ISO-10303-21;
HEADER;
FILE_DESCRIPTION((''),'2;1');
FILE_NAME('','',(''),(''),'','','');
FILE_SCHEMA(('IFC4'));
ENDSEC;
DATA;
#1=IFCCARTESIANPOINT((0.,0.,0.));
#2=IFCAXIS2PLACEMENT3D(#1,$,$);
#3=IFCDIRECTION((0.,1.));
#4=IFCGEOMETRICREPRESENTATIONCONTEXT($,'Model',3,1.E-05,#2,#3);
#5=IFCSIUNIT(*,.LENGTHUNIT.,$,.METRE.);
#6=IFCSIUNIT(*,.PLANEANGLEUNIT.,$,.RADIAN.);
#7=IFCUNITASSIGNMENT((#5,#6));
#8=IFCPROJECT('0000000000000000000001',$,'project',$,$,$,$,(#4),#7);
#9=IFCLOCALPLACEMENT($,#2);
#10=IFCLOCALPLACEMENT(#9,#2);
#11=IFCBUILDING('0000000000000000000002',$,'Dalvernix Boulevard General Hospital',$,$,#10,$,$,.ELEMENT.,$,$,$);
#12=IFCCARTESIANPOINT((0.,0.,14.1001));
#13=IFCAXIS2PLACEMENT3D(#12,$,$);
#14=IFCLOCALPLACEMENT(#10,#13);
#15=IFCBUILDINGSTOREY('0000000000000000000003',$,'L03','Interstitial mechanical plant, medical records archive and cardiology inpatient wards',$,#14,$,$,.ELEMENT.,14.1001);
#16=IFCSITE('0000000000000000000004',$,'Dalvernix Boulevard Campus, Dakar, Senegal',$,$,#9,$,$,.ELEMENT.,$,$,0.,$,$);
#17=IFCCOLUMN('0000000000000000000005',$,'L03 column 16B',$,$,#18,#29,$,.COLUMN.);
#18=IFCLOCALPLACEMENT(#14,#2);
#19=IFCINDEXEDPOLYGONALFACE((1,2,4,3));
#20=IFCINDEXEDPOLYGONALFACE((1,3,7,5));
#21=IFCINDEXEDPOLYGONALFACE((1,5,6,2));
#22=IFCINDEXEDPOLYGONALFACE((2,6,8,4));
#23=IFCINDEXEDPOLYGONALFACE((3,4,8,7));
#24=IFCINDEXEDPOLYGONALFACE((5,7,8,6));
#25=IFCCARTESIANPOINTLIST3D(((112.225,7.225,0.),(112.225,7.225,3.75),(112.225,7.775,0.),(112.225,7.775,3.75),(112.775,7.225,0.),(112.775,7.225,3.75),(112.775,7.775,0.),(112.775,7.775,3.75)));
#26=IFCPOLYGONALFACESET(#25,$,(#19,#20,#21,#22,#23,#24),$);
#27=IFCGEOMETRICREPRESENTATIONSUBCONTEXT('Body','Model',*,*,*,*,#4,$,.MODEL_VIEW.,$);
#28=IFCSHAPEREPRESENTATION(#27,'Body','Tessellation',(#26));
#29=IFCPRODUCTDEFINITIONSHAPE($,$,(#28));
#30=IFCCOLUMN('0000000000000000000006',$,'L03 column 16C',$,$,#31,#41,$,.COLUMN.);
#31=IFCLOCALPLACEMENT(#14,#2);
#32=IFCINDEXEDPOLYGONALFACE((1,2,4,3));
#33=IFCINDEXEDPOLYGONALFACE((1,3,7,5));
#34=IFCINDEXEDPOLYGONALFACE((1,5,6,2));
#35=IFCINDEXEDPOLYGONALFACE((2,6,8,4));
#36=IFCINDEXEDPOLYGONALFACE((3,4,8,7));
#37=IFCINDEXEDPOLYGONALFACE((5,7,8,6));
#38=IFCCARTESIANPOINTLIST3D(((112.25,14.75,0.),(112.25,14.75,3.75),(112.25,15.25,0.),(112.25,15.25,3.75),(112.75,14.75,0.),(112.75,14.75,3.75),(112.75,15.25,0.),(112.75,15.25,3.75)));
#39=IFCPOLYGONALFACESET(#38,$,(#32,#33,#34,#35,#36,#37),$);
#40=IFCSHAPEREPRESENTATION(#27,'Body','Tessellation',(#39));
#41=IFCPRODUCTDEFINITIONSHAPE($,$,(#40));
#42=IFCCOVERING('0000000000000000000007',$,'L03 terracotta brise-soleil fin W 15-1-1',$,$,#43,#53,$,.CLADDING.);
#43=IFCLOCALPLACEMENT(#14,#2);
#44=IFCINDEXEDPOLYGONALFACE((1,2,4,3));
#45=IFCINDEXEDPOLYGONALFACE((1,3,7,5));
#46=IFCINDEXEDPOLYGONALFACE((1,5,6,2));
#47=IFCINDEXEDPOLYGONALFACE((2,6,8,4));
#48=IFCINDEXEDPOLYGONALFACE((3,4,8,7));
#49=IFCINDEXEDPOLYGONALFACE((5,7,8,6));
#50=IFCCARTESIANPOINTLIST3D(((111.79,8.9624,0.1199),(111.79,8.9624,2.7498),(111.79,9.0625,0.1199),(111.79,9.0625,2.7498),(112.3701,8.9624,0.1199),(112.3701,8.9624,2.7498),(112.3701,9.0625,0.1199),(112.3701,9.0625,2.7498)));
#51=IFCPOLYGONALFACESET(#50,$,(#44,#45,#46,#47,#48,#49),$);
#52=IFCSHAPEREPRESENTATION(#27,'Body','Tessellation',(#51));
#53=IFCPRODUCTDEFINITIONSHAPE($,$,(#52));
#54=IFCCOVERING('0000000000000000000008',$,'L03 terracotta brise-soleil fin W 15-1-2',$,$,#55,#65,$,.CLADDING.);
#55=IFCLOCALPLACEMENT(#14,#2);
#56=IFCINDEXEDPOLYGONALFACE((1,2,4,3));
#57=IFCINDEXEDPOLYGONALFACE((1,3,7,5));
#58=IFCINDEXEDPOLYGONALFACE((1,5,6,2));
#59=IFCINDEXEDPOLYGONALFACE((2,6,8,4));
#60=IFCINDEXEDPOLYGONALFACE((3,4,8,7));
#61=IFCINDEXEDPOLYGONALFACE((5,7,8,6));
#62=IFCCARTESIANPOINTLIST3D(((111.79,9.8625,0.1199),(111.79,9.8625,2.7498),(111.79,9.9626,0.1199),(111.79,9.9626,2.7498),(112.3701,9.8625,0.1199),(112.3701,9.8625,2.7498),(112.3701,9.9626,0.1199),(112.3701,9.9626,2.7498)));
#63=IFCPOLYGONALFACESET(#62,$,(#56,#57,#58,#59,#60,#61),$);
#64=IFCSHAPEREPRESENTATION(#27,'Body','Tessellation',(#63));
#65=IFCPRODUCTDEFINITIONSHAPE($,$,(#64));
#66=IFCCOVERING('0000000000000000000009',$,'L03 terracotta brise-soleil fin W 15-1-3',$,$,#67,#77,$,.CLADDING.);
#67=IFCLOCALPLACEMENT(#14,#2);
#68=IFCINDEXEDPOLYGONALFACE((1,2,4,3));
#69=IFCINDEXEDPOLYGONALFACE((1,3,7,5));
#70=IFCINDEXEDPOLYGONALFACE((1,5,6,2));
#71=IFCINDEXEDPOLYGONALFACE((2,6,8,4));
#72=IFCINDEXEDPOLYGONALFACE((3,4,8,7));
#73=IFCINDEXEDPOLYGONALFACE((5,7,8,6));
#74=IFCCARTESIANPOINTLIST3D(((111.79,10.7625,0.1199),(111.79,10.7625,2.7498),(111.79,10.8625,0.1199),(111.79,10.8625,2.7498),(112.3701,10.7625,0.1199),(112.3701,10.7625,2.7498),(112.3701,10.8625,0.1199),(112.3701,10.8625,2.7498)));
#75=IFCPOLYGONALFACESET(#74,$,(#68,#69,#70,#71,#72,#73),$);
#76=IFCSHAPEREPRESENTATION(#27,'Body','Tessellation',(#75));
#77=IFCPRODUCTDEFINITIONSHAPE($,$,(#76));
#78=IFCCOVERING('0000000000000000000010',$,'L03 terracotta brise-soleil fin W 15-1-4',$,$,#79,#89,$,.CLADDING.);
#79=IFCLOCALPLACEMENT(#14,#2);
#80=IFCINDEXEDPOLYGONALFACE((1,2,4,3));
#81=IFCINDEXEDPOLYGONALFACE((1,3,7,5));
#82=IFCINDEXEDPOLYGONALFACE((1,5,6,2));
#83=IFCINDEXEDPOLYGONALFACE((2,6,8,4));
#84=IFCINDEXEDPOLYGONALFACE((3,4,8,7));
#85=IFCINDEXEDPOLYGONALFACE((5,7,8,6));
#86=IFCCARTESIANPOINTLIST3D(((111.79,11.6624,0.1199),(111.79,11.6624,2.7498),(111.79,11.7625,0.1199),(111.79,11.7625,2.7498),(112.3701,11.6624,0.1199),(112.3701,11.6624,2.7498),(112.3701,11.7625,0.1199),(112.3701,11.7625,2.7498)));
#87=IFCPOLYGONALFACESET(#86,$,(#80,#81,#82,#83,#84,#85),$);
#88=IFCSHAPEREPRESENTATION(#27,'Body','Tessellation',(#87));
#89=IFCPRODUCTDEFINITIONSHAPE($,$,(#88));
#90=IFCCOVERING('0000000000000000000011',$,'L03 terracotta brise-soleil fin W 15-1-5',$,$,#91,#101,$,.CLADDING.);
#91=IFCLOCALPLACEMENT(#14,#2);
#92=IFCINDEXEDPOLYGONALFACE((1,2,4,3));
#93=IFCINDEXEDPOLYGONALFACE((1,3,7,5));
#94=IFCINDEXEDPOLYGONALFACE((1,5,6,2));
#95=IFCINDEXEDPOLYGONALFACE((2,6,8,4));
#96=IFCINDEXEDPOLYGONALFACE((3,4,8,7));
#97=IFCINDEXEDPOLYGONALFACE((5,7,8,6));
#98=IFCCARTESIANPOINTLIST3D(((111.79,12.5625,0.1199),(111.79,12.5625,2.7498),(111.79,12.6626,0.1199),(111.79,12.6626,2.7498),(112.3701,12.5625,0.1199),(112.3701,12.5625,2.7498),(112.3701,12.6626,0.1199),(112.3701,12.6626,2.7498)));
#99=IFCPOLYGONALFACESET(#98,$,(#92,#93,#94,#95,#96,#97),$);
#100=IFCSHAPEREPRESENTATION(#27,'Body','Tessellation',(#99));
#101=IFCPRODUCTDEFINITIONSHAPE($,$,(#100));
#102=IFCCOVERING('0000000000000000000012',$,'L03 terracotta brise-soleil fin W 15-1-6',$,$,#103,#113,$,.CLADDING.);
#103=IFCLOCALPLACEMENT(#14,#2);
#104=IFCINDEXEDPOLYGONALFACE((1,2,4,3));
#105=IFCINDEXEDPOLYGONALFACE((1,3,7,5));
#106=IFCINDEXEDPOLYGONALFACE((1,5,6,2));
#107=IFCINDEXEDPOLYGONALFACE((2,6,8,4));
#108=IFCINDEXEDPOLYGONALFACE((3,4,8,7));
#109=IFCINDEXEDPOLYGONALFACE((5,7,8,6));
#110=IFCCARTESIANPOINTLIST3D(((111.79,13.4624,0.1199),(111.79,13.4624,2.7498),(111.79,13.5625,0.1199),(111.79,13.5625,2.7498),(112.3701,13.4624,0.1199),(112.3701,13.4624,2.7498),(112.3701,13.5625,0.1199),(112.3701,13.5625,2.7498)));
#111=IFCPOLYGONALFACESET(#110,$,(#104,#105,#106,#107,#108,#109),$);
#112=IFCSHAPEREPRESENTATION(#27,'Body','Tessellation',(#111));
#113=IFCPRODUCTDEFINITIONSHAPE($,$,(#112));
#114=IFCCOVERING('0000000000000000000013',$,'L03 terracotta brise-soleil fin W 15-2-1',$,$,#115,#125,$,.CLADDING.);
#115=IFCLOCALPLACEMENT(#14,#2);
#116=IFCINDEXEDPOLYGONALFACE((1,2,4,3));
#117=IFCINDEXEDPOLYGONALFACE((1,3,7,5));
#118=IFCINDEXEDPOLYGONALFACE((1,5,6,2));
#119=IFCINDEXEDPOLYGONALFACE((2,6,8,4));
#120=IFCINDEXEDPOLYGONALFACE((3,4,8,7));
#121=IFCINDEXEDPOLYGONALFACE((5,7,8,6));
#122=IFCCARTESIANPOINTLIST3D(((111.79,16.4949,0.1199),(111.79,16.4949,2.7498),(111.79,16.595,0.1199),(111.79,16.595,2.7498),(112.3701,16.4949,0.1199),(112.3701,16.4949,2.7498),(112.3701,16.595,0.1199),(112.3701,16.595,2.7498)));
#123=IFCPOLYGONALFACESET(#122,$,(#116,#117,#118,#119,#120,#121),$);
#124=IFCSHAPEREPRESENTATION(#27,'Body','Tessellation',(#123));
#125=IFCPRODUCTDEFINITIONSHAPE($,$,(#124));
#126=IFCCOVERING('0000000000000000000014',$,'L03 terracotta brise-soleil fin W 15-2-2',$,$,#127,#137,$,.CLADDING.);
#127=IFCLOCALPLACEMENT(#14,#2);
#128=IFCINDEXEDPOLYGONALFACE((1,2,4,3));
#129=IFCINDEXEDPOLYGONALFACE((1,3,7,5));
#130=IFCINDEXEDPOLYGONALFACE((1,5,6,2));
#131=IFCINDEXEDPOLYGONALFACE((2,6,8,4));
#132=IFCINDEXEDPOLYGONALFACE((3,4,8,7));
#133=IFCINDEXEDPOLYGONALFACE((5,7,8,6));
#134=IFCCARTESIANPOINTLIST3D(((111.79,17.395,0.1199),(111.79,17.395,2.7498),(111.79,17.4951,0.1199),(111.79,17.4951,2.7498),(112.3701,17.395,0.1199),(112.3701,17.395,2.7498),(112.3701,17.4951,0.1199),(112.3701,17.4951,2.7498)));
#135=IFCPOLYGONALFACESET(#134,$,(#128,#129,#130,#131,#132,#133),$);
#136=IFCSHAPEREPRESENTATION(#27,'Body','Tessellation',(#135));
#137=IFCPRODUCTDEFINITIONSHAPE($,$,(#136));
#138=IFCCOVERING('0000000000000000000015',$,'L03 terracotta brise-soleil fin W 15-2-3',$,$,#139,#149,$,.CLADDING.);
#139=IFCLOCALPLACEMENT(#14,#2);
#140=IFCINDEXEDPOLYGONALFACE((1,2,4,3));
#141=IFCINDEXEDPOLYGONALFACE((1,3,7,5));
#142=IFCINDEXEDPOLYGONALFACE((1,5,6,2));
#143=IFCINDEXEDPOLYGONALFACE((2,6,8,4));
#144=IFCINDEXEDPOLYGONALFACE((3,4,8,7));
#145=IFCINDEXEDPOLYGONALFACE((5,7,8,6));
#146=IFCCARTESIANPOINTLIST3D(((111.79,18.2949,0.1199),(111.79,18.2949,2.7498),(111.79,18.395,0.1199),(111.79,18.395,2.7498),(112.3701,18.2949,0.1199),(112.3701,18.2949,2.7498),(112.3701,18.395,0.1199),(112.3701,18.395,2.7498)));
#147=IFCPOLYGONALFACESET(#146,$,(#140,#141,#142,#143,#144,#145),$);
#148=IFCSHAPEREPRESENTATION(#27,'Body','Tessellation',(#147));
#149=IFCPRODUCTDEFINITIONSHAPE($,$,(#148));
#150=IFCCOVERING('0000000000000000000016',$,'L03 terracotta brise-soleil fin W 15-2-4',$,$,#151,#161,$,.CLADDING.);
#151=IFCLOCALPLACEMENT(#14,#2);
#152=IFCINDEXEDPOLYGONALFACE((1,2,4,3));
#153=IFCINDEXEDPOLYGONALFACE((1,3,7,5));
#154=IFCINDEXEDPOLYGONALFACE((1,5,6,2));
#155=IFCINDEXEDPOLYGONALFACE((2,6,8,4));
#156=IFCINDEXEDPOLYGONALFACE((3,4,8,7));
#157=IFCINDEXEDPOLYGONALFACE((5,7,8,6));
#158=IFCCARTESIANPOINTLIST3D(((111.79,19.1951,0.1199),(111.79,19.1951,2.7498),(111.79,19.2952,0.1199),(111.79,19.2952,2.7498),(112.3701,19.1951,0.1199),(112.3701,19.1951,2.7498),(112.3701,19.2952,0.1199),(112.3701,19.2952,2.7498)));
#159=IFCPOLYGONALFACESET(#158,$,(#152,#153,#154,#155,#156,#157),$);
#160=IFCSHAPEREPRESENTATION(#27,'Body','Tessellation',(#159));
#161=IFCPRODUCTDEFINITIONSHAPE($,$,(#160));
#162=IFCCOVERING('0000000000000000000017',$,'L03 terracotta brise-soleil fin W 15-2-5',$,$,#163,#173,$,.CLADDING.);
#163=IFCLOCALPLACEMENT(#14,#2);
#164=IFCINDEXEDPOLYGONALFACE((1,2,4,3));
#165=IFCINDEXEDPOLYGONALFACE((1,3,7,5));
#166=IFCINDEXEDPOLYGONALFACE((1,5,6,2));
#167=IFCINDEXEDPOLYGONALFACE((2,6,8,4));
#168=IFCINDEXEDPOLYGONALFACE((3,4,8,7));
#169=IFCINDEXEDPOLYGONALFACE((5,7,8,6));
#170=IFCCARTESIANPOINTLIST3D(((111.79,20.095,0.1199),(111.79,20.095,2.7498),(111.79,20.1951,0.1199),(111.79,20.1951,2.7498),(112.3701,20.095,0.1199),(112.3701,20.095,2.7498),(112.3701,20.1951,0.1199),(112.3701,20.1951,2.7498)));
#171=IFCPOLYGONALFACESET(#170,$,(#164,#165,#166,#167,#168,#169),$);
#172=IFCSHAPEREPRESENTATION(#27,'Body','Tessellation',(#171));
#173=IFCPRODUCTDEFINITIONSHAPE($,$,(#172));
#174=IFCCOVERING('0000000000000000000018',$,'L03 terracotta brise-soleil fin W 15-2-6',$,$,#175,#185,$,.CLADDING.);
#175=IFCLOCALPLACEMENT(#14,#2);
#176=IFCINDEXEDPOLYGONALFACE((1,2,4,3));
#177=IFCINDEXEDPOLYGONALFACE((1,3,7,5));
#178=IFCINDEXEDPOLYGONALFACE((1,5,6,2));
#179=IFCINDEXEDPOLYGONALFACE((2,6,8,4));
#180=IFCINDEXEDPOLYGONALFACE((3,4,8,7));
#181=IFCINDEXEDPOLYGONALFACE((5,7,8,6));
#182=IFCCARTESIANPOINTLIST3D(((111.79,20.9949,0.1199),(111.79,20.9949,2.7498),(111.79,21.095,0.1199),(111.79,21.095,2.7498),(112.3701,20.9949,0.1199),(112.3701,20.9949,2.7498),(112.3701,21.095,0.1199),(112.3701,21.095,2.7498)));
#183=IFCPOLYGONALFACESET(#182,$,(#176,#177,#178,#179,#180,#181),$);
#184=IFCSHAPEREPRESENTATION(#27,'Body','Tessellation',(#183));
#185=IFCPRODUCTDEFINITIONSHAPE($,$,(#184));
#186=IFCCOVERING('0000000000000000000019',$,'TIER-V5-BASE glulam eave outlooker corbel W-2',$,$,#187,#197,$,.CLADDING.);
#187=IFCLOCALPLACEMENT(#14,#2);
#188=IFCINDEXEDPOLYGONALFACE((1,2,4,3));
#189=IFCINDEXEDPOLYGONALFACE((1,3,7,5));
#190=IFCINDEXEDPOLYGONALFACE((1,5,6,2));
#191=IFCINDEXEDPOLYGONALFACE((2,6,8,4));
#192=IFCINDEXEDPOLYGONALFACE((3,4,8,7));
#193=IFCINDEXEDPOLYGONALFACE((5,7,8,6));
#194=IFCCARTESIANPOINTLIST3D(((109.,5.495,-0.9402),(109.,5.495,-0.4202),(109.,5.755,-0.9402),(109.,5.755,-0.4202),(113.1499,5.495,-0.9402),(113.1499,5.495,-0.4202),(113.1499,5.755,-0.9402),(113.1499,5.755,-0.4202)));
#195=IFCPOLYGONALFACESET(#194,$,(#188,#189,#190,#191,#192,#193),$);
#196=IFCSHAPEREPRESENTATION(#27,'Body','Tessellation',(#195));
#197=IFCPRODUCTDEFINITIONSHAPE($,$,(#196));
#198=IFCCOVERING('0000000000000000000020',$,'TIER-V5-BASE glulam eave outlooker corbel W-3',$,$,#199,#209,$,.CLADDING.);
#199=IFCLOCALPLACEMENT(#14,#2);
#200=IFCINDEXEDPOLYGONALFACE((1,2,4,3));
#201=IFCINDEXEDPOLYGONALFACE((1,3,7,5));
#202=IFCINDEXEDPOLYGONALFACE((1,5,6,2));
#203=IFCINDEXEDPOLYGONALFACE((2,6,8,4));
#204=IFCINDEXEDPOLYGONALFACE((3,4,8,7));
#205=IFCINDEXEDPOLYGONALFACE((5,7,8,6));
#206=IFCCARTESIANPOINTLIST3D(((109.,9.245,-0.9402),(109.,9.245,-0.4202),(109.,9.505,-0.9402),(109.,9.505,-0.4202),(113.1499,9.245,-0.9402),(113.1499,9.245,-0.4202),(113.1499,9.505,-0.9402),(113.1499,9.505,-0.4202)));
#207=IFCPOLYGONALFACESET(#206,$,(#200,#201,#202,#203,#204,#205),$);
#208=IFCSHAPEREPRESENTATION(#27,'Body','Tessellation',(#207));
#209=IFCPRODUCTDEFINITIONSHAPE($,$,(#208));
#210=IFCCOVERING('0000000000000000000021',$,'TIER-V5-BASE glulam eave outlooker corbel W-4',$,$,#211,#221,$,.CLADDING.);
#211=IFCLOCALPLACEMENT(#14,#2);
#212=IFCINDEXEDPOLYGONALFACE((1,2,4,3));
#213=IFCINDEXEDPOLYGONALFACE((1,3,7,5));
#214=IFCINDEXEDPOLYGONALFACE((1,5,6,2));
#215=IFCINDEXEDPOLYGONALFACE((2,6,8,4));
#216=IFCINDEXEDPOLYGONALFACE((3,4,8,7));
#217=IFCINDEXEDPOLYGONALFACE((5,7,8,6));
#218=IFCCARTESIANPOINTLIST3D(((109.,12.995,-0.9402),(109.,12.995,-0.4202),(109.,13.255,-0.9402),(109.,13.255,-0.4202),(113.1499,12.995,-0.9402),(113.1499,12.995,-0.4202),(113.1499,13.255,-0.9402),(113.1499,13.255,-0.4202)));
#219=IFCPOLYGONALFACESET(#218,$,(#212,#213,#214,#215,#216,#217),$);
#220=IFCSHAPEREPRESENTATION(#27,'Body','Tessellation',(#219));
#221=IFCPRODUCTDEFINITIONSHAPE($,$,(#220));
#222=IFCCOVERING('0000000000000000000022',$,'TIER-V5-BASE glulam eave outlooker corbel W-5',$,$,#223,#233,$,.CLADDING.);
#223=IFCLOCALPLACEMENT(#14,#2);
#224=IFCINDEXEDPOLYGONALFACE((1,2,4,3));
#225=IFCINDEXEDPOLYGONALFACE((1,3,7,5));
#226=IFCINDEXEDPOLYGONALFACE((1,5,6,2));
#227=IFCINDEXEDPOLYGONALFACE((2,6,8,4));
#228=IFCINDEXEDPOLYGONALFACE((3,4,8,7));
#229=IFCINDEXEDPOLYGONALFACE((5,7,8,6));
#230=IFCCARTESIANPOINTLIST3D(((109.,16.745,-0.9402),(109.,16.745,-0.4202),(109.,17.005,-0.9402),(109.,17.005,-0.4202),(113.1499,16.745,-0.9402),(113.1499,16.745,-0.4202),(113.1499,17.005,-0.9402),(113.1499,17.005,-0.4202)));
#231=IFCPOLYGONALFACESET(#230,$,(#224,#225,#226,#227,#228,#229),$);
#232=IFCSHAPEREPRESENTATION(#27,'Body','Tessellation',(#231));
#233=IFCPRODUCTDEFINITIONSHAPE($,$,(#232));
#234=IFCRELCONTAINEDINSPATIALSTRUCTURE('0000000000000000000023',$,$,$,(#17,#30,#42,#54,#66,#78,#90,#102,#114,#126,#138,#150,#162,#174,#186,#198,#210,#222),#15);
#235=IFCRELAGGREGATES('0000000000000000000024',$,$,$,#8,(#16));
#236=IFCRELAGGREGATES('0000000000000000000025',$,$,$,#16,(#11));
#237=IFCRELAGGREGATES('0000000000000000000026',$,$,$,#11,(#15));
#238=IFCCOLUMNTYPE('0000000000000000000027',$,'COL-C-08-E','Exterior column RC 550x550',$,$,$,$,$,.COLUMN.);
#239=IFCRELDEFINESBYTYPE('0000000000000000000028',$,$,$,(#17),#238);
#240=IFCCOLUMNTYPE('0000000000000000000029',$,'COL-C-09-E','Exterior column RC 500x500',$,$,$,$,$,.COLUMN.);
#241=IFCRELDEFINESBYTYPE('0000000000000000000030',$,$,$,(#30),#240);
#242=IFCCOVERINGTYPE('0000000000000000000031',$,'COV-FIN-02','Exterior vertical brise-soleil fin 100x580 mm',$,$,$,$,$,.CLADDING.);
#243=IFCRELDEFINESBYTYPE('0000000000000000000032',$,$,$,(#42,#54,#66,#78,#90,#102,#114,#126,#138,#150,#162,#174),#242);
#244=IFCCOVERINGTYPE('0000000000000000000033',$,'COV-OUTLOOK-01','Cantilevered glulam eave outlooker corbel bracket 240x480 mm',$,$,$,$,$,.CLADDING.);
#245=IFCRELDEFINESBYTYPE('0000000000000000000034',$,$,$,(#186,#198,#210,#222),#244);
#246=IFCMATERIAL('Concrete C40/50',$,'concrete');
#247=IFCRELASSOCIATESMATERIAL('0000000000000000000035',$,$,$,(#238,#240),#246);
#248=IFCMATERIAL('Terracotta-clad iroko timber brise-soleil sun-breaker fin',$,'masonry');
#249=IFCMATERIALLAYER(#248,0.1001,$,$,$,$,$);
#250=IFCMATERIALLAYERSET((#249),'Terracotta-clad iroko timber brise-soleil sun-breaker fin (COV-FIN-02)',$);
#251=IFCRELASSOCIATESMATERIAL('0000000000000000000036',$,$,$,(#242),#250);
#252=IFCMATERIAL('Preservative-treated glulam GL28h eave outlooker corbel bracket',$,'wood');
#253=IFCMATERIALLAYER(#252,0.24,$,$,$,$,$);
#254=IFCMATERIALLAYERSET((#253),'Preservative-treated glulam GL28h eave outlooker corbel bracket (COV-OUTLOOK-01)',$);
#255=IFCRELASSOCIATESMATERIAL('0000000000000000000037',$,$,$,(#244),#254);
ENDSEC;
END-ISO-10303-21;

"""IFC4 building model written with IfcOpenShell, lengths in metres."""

from ifc_helpers import new_model, si_unit, direction, frame, origin, origin_2d, place, context, subcontext, project, spatial, rectangle, extrude, material, layer, layer_set, material_profile, profile_set, type_object, element, save


model = new_model("IFC4")

# Units and contexts
model_context = context("Model", 3, precision=1e-05, world=origin(), true_north=direction((0.0, 1.0)))
body_context = subcontext(model_context, "Body", "Model", "MODEL_VIEW")
ifc_project = project(units=[si_unit("LENGTHUNIT", "METRE"), si_unit("PLANEANGLEUNIT", "RADIAN")], contexts=[model_context])

# Site, building, storey
site_placement = place(None, origin())
site = spatial("IfcSite", under=ifc_project, at=site_placement, Name="Dalvernix Boulevard Campus, Dakar, Senegal", CompositionType="ELEMENT", RefElevation=0.0)
building_placement = place(site_placement, origin())
building = spatial("IfcBuilding", under=site, at=building_placement, Name="Dalvernix Boulevard General Hospital", CompositionType="ELEMENT")
storey_placement = place(building_placement, frame((0.0, 0.0, 14.1001)))
storey = spatial("IfcBuildingStorey", under=building, at=storey_placement, Name="L03", Description="Interstitial mechanical plant, medical records archive and cardiology inpatient wards", CompositionType="ELEMENT", Elevation=14.1001)

# Columns
ifc_material_1 = material(Name="Concrete C40/50", Category="concrete")
ifc_material_profile_1 = material_profile(ifc_material_1, rectangle(XDim=0.55, YDim=0.55, at=origin_2d()), Name="RC 550x550")
ifc_profile_set_1 = profile_set([ifc_material_profile_1], Name="Concrete C40/50")
column_type_1 = type_object("IfcColumnType", Name="COL-C-08-E", Description="Exterior column RC 550x550", PredefinedType="COLUMN", material=ifc_profile_set_1)
column_1_placement = place(storey_placement, frame((112.5, 7.5, 0.0), z_axis=(0.0, 0.0, 1.0), x_axis=(1.0, 0.0, 0.0)))
element("IfcColumn", 1, at=column_1_placement, inside=storey, type_object=column_type_1, Name="L03 column 16B", PredefinedType="COLUMN", context=body_context, shape_type="SweptSolid", body=[
    extrude(rectangle(XDim=0.55, YDim=0.55, at=origin_2d()), origin(), (0.0, 0.0, 1.0), 3.75),
])
ifc_material_profile_2 = material_profile(ifc_material_1, rectangle(XDim=0.5, YDim=0.5, at=origin_2d()), Name="RC 500x500")
ifc_profile_set_2 = profile_set([ifc_material_profile_2], Name="Concrete C40/50")
column_type_2 = type_object("IfcColumnType", Name="COL-C-09-E", Description="Exterior column RC 500x500", PredefinedType="COLUMN", material=ifc_profile_set_2)
column_2_placement = place(storey_placement, frame((112.5, 15.0, 0.0), z_axis=(0.0, 0.0, 1.0), x_axis=(1.0, 0.0, 0.0)))
element("IfcColumn", 2, at=column_2_placement, inside=storey, type_object=column_type_2, Name="L03 column 16C", PredefinedType="COLUMN", context=body_context, shape_type="SweptSolid", body=[
    extrude(rectangle(XDim=0.5, YDim=0.5, at=origin_2d()), origin(), (0.0, 0.0, 1.0), 3.75),
])

# Coverings
ifc_material_2 = material(Name="Terracotta-clad iroko timber brise-soleil sun-breaker fin", Category="masonry")
ifc_layer_1 = layer(ifc_material_2, 0.1001)
ifc_layer_set_1 = layer_set([ifc_layer_1], Name="Terracotta-clad iroko timber brise-soleil sun-breaker fin (COV-FIN-02)")
covering_type_1 = type_object("IfcCoveringType", Name="COV-FIN-02", Description="Exterior vertical brise-soleil fin 100x580 mm", PredefinedType="CLADDING", material=ifc_layer_set_1)
for number, where, z_axis, x_axis, name in (
    (3, (112.0801, 9.0125, 0.1199), (0.0, 0.0, 1.0), (0.0, 1.0, 0.0), "L03 terracotta brise-soleil fin W 15-1-1"),
    (4, (112.0801, 9.9126, 0.1199), (0.0, 0.0, 1.0), (0.0, 1.0, 0.0), "L03 terracotta brise-soleil fin W 15-1-2"),
    (5, (112.0801, 10.8125, 0.1199), (0.0, 0.0, 1.0), (0.0, 1.0, 0.0), "L03 terracotta brise-soleil fin W 15-1-3"),
    (6, (112.0801, 11.7124, 0.1199), (0.0, 0.0, 1.0), (0.0, 1.0, 0.0), "L03 terracotta brise-soleil fin W 15-1-4"),
    (7, (112.0801, 12.6125, 0.1199), (0.0, 0.0, 1.0), (0.0, 1.0, 0.0), "L03 terracotta brise-soleil fin W 15-1-5"),
    (8, (112.0801, 13.5125, 0.1199), (0.0, 0.0, 1.0), (0.0, 1.0, 0.0), "L03 terracotta brise-soleil fin W 15-1-6"),
    (9, (112.0801, 16.5449, 0.1199), (0.0, 0.0, 1.0), (0.0, 1.0, 0.0), "L03 terracotta brise-soleil fin W 15-2-1"),
    (10, (112.0801, 17.4451, 0.1199), (0.0, 0.0, 1.0), (0.0, 1.0, 0.0), "L03 terracotta brise-soleil fin W 15-2-2"),
    (11, (112.0801, 18.345, 0.1199), (0.0, 0.0, 1.0), (0.0, 1.0, 0.0), "L03 terracotta brise-soleil fin W 15-2-3"),
    (12, (112.0801, 19.2451, 0.1199), (0.0, 0.0, 1.0), (0.0, 1.0, 0.0), "L03 terracotta brise-soleil fin W 15-2-4"),
    (13, (112.0801, 20.145, 0.1199), (0.0, 0.0, 1.0), (0.0, 1.0, 0.0), "L03 terracotta brise-soleil fin W 15-2-5"),
    (14, (112.0801, 21.0449, 0.1199), (0.0, 0.0, 1.0), (0.0, 1.0, 0.0), "L03 terracotta brise-soleil fin W 15-2-6"),
):
    element("IfcCovering", number, at=place(storey_placement, frame(where, z_axis=z_axis, x_axis=x_axis)), inside=storey, type_object=covering_type_1, Name=name, PredefinedType="CLADDING", context=body_context, shape_type="SweptSolid", body=[
        extrude(rectangle(XDim=0.1001, YDim=0.5801, at=origin_2d()), origin(), (0.0, 0.0, 1.0), 2.6299),
    ])
ifc_material_3 = material(Name="Preservative-treated glulam GL28h eave outlooker corbel bracket", Category="wood")
ifc_layer_2 = layer(ifc_material_3, 0.24)
ifc_layer_set_2 = layer_set([ifc_layer_2], Name="Preservative-treated glulam GL28h eave outlooker corbel bracket (COV-OUTLOOK-01)")
covering_type_2 = type_object("IfcCoveringType", Name="COV-OUTLOOK-01", Description="Cantilevered glulam eave outlooker corbel bracket 240x480 mm", PredefinedType="CLADDING", material=ifc_layer_set_2)
for number, where, z_axis, x_axis, name in (
    (15, (111.075, 5.625, -0.9402), (0.0, 0.0, 1.0), (1.0, 0.0, 0.0), "TIER-V5-BASE glulam eave outlooker corbel W-2"),
    (16, (111.075, 9.375, -0.9402), (0.0, 0.0, 1.0), (1.0, 0.0, 0.0), "TIER-V5-BASE glulam eave outlooker corbel W-3"),
    (17, (111.075, 13.125, -0.9402), (0.0, 0.0, 1.0), (1.0, 0.0, 0.0), "TIER-V5-BASE glulam eave outlooker corbel W-4"),
    (18, (111.075, 16.875, -0.9402), (0.0, 0.0, 1.0), (1.0, 0.0, 0.0), "TIER-V5-BASE glulam eave outlooker corbel W-5"),
):
    element("IfcCovering", number, at=place(storey_placement, frame(where, z_axis=z_axis, x_axis=x_axis)), inside=storey, type_object=covering_type_2, Name=name, PredefinedType="CLADDING", context=body_context, shape_type="SweptSolid", body=[
        extrude(rectangle(XDim=4.1499, YDim=0.26, at=origin_2d()), origin(), (0.0, 0.0, 1.0), 0.52),
    ])

save(model, "model.ifc")
